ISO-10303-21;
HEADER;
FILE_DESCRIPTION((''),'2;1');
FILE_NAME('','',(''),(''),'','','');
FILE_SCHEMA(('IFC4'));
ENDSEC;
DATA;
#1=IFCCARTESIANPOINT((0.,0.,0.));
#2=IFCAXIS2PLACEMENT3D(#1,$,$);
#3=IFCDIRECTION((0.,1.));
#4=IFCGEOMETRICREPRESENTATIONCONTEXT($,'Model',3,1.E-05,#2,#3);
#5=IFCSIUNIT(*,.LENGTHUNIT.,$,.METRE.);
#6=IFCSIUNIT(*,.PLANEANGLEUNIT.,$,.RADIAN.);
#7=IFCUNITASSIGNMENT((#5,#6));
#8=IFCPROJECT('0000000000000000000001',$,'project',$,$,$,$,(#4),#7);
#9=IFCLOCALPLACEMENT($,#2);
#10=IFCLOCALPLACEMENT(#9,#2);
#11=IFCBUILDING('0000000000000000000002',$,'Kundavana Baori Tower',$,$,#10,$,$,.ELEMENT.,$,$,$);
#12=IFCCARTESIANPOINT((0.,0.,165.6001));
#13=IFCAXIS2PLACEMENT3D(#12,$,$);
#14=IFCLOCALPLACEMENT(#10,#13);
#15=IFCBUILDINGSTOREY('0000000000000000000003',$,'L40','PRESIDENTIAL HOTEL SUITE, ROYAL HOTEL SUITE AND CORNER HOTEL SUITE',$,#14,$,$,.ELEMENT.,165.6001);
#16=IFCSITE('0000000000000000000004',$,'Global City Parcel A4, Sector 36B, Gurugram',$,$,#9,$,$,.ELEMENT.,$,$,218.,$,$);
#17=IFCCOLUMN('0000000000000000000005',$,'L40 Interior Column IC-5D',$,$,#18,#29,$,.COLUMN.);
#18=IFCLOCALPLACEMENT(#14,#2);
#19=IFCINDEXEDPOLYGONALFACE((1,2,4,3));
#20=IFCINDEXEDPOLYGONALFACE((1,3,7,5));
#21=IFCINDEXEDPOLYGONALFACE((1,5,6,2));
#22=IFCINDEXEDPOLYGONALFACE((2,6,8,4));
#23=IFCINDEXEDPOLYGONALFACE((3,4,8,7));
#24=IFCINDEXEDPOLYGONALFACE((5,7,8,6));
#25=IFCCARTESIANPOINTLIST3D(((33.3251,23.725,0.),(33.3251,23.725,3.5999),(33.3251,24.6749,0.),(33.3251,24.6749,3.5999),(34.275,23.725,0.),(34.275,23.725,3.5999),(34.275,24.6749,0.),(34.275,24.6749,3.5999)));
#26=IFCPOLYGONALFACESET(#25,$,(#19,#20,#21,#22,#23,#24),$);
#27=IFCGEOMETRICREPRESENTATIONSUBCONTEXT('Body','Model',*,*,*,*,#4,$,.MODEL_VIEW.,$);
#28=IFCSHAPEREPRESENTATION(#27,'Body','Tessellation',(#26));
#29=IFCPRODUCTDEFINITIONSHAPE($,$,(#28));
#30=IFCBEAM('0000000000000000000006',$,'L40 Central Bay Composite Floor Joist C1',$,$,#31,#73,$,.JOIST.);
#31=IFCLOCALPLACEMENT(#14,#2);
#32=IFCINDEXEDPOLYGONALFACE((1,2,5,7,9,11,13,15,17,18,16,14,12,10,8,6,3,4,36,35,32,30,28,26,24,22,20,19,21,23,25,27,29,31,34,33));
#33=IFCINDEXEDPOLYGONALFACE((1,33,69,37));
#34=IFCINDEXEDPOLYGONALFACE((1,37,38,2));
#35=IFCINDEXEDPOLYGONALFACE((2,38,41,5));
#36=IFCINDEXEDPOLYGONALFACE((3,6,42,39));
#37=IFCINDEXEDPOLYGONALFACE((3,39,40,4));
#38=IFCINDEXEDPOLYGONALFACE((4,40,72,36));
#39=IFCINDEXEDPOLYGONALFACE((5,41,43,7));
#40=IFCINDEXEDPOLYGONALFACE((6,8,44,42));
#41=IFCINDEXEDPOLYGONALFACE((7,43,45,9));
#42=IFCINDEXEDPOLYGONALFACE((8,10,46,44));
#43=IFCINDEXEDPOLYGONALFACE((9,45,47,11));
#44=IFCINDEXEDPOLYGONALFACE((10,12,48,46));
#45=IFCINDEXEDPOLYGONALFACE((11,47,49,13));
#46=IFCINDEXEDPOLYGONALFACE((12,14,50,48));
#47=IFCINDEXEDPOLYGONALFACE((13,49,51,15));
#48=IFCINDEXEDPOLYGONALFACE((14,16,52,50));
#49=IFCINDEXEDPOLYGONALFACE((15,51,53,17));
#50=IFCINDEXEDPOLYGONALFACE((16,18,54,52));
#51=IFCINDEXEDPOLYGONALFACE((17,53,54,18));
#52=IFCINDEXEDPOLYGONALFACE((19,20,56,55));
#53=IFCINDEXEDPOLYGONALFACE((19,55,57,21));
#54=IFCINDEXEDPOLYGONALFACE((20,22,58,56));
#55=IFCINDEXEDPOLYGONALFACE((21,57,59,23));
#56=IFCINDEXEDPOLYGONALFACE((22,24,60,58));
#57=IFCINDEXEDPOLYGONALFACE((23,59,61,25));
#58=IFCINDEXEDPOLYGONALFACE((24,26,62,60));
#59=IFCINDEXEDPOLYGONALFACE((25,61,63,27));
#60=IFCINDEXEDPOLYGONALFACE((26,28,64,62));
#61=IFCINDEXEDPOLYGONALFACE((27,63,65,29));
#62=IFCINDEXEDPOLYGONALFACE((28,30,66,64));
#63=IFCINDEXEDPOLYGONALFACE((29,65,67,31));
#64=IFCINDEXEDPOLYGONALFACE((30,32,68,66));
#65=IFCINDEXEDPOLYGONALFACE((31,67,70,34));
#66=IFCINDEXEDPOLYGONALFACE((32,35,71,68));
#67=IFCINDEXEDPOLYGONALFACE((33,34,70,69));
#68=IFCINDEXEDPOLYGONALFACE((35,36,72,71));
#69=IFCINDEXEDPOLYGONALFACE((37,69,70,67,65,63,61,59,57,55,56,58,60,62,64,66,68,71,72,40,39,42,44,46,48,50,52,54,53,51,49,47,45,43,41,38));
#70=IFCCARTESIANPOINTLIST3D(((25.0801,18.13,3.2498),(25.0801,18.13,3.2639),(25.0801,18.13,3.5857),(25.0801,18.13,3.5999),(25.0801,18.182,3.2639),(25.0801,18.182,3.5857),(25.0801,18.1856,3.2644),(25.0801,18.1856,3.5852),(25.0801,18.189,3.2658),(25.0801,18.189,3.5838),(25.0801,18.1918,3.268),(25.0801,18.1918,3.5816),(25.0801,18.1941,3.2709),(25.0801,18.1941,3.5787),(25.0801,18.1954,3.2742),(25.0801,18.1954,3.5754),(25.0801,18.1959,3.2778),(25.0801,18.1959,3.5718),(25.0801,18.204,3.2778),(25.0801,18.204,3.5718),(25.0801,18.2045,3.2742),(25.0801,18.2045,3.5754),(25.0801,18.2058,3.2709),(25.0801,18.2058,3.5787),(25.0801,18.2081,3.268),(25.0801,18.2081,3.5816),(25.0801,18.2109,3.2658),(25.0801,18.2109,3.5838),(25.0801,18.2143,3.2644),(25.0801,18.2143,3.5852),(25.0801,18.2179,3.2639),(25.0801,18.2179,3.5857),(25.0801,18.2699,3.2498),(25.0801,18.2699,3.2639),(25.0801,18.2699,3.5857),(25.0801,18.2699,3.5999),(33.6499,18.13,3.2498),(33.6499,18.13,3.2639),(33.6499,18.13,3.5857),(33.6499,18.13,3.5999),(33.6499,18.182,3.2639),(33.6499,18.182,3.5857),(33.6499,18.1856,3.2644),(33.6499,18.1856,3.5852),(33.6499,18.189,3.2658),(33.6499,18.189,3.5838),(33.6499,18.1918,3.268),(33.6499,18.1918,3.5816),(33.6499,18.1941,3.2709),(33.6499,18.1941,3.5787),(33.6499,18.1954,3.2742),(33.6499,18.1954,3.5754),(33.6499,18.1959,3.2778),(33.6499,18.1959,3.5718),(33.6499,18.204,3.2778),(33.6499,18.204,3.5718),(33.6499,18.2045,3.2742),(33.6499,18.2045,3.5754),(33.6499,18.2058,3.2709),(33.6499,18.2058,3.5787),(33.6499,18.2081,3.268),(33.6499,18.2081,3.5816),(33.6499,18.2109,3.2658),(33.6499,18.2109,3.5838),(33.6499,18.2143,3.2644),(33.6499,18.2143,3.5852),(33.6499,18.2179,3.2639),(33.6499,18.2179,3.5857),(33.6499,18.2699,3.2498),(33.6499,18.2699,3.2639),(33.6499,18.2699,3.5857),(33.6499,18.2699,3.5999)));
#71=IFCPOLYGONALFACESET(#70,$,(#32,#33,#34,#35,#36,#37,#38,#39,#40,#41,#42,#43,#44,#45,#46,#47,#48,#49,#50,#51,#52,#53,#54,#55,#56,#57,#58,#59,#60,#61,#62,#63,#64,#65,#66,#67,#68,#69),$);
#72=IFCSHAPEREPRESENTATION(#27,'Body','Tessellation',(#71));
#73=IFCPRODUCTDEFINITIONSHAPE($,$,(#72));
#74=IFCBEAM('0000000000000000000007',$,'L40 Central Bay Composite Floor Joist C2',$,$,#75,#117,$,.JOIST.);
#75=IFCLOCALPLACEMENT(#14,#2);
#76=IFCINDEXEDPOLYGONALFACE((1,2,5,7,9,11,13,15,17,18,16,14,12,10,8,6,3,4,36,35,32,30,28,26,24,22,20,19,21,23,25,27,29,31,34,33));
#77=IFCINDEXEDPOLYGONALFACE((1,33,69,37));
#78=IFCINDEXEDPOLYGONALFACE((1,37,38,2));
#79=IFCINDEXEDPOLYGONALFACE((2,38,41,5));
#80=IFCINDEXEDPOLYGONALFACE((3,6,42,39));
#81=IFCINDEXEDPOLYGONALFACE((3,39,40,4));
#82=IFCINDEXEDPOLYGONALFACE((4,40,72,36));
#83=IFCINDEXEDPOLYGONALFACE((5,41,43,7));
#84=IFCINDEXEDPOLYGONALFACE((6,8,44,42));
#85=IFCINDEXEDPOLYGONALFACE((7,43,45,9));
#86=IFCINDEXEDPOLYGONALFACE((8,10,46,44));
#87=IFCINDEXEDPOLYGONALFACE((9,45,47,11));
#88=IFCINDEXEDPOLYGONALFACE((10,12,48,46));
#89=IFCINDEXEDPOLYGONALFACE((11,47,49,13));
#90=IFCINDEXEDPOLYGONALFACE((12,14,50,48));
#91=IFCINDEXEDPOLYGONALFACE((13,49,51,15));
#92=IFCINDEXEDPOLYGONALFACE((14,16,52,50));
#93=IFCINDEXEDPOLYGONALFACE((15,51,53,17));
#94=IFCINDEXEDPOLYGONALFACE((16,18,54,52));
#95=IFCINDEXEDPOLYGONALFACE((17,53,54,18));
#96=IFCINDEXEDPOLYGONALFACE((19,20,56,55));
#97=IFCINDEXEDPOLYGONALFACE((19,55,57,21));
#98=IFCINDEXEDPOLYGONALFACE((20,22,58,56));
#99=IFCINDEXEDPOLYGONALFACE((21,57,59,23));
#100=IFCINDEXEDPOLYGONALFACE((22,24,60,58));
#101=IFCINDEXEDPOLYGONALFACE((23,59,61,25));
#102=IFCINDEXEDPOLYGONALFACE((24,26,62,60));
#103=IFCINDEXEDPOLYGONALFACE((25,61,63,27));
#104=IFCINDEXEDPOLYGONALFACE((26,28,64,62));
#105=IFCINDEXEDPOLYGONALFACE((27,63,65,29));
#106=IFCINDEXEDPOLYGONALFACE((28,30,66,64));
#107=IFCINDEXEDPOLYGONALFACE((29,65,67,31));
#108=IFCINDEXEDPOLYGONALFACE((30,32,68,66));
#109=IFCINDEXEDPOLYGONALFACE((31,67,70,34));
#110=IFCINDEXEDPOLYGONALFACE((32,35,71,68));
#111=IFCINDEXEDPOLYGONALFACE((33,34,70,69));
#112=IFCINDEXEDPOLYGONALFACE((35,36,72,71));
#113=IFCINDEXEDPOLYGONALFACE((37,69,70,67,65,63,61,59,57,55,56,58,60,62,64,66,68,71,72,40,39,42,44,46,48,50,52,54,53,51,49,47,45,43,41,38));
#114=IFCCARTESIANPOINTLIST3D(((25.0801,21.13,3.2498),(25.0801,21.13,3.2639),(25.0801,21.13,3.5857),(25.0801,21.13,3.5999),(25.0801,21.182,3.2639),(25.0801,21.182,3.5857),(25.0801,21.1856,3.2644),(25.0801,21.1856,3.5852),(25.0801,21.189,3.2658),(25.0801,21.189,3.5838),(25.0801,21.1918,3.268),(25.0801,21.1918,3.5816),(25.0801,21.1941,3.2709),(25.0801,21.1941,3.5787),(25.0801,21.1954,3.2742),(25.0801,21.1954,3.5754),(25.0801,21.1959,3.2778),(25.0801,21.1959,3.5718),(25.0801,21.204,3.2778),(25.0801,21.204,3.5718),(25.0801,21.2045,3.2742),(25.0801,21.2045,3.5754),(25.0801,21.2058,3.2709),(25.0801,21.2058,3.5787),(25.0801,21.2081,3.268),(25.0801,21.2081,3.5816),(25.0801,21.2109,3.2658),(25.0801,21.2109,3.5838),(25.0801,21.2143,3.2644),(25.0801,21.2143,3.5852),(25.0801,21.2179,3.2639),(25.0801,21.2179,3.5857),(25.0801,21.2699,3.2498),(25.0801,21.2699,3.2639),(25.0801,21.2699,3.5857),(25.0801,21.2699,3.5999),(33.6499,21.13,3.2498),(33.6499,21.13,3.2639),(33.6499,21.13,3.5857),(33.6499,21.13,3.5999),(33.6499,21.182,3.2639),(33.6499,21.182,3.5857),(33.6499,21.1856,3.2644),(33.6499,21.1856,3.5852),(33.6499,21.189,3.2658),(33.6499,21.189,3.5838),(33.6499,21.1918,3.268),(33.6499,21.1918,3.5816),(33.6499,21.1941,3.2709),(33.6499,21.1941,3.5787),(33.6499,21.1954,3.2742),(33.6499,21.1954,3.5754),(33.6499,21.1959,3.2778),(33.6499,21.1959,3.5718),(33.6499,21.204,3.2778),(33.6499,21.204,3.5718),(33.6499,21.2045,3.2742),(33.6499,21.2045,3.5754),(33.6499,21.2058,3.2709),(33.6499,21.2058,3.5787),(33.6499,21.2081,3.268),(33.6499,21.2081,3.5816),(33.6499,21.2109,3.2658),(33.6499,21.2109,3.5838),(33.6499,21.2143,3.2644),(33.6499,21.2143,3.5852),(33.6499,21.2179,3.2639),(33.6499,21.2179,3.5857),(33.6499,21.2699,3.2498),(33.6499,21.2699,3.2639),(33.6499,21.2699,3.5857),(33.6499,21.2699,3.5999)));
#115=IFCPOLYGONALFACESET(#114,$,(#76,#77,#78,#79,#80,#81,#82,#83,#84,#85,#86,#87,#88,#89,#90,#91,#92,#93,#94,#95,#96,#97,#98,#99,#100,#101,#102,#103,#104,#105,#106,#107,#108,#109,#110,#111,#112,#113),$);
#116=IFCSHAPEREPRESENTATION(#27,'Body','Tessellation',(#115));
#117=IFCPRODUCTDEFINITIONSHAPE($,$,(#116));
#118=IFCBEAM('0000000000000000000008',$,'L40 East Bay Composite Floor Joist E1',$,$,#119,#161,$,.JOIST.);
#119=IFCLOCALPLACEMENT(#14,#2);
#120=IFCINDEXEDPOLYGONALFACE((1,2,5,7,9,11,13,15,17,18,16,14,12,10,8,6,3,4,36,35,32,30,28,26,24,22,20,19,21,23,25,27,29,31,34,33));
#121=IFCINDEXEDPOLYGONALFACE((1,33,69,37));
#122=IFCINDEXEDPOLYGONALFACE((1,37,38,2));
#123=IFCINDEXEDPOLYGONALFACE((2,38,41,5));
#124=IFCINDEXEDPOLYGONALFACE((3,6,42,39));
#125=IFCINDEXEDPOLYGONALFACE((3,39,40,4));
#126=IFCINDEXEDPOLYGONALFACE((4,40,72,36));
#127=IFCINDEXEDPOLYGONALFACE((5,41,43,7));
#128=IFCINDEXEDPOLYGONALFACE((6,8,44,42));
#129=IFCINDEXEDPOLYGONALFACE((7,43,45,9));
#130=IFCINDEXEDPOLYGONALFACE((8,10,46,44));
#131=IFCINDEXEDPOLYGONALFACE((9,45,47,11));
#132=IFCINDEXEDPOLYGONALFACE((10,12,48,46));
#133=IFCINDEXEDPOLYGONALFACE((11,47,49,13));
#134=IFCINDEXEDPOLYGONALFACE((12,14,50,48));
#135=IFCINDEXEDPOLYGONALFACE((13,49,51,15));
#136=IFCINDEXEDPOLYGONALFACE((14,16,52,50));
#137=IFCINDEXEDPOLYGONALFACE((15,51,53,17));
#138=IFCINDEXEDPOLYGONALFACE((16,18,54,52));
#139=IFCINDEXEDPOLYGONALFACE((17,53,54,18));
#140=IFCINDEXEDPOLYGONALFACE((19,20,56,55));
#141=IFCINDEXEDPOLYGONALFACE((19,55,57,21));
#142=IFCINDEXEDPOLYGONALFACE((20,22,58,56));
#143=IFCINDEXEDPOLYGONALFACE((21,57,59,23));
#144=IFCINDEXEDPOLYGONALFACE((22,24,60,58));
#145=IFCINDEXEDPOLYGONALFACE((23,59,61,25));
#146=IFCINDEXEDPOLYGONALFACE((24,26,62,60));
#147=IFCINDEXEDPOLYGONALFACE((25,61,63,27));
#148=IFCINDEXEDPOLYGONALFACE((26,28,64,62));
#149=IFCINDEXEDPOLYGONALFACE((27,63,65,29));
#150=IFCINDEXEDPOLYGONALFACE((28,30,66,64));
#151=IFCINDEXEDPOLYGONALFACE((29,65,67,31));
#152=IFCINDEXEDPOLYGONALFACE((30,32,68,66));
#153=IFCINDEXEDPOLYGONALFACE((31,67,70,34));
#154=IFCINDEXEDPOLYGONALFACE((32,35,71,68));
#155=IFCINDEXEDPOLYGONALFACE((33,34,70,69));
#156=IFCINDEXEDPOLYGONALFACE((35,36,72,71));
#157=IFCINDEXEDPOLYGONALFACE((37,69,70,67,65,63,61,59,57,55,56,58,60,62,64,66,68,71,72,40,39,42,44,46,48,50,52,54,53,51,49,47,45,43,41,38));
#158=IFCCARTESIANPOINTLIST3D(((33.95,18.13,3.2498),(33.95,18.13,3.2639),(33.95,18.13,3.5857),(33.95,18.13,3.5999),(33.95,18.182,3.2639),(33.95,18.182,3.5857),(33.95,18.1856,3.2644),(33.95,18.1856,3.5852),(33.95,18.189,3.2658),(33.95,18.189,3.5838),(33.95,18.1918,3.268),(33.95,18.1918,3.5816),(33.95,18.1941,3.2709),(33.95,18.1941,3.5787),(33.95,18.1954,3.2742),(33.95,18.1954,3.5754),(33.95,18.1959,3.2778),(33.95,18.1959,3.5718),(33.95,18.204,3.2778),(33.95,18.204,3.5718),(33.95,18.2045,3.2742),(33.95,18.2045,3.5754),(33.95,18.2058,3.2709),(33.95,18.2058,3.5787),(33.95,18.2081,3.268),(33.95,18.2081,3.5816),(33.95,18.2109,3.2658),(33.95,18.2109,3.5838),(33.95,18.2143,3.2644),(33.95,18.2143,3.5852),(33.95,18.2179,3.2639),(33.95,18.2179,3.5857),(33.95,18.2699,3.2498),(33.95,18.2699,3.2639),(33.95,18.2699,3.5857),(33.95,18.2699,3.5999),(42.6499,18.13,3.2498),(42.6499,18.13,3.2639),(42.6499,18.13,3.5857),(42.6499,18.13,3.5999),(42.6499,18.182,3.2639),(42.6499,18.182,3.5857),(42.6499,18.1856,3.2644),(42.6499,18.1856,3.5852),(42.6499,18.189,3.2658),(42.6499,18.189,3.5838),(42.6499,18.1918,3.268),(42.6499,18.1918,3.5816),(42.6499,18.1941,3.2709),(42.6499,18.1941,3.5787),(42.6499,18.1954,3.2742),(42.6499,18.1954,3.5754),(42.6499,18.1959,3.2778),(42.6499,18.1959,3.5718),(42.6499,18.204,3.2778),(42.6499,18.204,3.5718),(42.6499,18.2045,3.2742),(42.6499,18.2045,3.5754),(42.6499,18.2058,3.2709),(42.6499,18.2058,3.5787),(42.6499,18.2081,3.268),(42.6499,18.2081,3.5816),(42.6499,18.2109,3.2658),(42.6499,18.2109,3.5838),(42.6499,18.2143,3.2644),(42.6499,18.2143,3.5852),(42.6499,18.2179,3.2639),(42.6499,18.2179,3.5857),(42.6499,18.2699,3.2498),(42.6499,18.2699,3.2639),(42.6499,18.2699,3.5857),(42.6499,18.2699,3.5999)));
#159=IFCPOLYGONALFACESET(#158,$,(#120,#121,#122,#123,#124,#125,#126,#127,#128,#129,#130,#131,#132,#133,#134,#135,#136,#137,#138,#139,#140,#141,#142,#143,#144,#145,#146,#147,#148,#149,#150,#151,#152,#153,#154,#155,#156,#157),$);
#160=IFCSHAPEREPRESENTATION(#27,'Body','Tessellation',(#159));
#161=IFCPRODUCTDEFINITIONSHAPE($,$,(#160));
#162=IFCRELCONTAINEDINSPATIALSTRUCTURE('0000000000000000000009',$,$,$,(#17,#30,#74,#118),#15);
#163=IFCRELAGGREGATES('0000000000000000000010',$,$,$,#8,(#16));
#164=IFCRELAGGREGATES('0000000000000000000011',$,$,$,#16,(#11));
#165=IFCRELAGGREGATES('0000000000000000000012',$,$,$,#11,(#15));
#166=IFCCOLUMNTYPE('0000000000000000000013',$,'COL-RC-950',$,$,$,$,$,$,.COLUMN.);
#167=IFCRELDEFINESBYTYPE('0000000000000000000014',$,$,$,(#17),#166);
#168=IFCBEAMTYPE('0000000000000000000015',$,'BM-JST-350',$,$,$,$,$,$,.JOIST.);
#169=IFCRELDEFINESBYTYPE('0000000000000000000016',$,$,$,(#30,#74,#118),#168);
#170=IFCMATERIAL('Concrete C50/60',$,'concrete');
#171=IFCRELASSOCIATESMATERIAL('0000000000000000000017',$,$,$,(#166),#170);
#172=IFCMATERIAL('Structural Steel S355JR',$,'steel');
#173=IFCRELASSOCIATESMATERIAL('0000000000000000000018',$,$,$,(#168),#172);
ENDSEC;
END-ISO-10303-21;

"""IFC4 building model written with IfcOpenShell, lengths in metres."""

from ifc_helpers import new_model, si_unit, direction, frame, origin, origin_2d, place, context, subcontext, project, spatial, rectangle, i_section, extrude, material, material_profile, profile_set, type_object, element, save


model = new_model("IFC4")

# Units and contexts
model_context = context("Model", 3, precision=1e-05, world=origin(), true_north=direction((0.0, 1.0)))
body_context = subcontext(model_context, "Body", "Model", "MODEL_VIEW")
ifc_project = project(units=[si_unit("LENGTHUNIT", "METRE"), si_unit("PLANEANGLEUNIT", "RADIAN")], contexts=[model_context])

# Site, building, storey
site_placement = place(None, origin())
site = spatial("IfcSite", under=ifc_project, at=site_placement, Name="Global City Parcel A4, Sector 36B, Gurugram", CompositionType="ELEMENT", RefElevation=218.0)
building_placement = place(site_placement, origin())
building = spatial("IfcBuilding", under=site, at=building_placement, Name="Kundavana Baori Tower", CompositionType="ELEMENT")
storey_placement = place(building_placement, frame((0.0, 0.0, 165.6001)))
storey = spatial("IfcBuildingStorey", under=building, at=storey_placement, Name="L40", Description="PRESIDENTIAL HOTEL SUITE, ROYAL HOTEL SUITE AND CORNER HOTEL SUITE", CompositionType="ELEMENT", Elevation=165.6001)

# Column
ifc_material_1 = material(Name="Concrete C50/60", Category="concrete")
ifc_material_profile_1 = material_profile(ifc_material_1, rectangle(XDim=0.95, YDim=0.95, at=origin_2d()), Name="RC 950x950")
ifc_profile_set_1 = profile_set([ifc_material_profile_1], Name="Concrete C50/60")
column_type = type_object("IfcColumnType", Name="COL-RC-950", PredefinedType="COLUMN", material=ifc_profile_set_1)
column_placement = place(storey_placement, frame((33.8, 24.2, 0.0), z_axis=(0.0, 0.0, 1.0), x_axis=(1.0, 0.0, 0.0)))
element("IfcColumn", 1, at=column_placement, inside=storey, type_object=column_type, Name="L40 Interior Column IC-5D", PredefinedType="COLUMN", context=body_context, shape_type="SweptSolid", body=[
    extrude(rectangle(XDim=0.95, YDim=0.95, at=origin_2d()), origin(), (0.0, 0.0, 1.0), 3.5999),
])

# Beams
ifc_material_2 = material(Name="Structural Steel S355JR", Category="steel")
ifc_material_profile_2 = material_profile(ifc_material_2, i_section(OverallWidth=0.1399, OverallDepth=0.3501, WebThickness=0.0081, FlangeThickness=0.0142, FilletRadius=0.0139, at=origin_2d()), Name="ISMB 350")
ifc_profile_set_2 = profile_set([ifc_material_profile_2], Name="Structural Steel S355JR")
beam_type_1 = type_object("IfcBeamType", Name="BM-JST-350", PredefinedType="JOIST", material=ifc_profile_set_2)
for number, where, z_axis, x_axis, name in (
    (2, (25.0801, 18.2, 3.4248), (1.0, 0.0, 0.0), (0.0, 1.0, 0.0), "L40 Central Bay Composite Floor Joist C1"),
    (3, (25.0801, 21.2, 3.4248), (1.0, 0.0, 0.0), (0.0, 1.0, 0.0), "L40 Central Bay Composite Floor Joist C2"),
):
    element("IfcBeam", number, at=place(storey_placement, frame(where, z_axis=z_axis, x_axis=x_axis)), inside=storey, type_object=beam_type_1, Name=name, PredefinedType="JOIST", context=body_context, shape_type="SweptSolid", body=[
        extrude(i_section(OverallWidth=0.1399, OverallDepth=0.3501, WebThickness=0.0081, FlangeThickness=0.0142, FilletRadius=0.0139, at=origin_2d()), origin(), (0.0, 0.0, 1.0), 8.5698),
    ])
beam_1_placement = place(storey_placement, frame((33.95, 18.2, 3.4248), z_axis=(1.0, 0.0, 0.0), x_axis=(0.0, 1.0, 0.0)))
element("IfcBeam", 4, at=beam_1_placement, inside=storey, type_object=beam_type_1, Name="L40 East Bay Composite Floor Joist E1", PredefinedType="JOIST", context=body_context, shape_type="SweptSolid", body=[
    extrude(i_section(OverallWidth=0.1399, OverallDepth=0.3501, WebThickness=0.0081, FlangeThickness=0.0142, FilletRadius=0.0139, at=origin_2d()), origin(), (0.0, 0.0, 1.0), 8.7),
])

save(model, "model.ifc")
